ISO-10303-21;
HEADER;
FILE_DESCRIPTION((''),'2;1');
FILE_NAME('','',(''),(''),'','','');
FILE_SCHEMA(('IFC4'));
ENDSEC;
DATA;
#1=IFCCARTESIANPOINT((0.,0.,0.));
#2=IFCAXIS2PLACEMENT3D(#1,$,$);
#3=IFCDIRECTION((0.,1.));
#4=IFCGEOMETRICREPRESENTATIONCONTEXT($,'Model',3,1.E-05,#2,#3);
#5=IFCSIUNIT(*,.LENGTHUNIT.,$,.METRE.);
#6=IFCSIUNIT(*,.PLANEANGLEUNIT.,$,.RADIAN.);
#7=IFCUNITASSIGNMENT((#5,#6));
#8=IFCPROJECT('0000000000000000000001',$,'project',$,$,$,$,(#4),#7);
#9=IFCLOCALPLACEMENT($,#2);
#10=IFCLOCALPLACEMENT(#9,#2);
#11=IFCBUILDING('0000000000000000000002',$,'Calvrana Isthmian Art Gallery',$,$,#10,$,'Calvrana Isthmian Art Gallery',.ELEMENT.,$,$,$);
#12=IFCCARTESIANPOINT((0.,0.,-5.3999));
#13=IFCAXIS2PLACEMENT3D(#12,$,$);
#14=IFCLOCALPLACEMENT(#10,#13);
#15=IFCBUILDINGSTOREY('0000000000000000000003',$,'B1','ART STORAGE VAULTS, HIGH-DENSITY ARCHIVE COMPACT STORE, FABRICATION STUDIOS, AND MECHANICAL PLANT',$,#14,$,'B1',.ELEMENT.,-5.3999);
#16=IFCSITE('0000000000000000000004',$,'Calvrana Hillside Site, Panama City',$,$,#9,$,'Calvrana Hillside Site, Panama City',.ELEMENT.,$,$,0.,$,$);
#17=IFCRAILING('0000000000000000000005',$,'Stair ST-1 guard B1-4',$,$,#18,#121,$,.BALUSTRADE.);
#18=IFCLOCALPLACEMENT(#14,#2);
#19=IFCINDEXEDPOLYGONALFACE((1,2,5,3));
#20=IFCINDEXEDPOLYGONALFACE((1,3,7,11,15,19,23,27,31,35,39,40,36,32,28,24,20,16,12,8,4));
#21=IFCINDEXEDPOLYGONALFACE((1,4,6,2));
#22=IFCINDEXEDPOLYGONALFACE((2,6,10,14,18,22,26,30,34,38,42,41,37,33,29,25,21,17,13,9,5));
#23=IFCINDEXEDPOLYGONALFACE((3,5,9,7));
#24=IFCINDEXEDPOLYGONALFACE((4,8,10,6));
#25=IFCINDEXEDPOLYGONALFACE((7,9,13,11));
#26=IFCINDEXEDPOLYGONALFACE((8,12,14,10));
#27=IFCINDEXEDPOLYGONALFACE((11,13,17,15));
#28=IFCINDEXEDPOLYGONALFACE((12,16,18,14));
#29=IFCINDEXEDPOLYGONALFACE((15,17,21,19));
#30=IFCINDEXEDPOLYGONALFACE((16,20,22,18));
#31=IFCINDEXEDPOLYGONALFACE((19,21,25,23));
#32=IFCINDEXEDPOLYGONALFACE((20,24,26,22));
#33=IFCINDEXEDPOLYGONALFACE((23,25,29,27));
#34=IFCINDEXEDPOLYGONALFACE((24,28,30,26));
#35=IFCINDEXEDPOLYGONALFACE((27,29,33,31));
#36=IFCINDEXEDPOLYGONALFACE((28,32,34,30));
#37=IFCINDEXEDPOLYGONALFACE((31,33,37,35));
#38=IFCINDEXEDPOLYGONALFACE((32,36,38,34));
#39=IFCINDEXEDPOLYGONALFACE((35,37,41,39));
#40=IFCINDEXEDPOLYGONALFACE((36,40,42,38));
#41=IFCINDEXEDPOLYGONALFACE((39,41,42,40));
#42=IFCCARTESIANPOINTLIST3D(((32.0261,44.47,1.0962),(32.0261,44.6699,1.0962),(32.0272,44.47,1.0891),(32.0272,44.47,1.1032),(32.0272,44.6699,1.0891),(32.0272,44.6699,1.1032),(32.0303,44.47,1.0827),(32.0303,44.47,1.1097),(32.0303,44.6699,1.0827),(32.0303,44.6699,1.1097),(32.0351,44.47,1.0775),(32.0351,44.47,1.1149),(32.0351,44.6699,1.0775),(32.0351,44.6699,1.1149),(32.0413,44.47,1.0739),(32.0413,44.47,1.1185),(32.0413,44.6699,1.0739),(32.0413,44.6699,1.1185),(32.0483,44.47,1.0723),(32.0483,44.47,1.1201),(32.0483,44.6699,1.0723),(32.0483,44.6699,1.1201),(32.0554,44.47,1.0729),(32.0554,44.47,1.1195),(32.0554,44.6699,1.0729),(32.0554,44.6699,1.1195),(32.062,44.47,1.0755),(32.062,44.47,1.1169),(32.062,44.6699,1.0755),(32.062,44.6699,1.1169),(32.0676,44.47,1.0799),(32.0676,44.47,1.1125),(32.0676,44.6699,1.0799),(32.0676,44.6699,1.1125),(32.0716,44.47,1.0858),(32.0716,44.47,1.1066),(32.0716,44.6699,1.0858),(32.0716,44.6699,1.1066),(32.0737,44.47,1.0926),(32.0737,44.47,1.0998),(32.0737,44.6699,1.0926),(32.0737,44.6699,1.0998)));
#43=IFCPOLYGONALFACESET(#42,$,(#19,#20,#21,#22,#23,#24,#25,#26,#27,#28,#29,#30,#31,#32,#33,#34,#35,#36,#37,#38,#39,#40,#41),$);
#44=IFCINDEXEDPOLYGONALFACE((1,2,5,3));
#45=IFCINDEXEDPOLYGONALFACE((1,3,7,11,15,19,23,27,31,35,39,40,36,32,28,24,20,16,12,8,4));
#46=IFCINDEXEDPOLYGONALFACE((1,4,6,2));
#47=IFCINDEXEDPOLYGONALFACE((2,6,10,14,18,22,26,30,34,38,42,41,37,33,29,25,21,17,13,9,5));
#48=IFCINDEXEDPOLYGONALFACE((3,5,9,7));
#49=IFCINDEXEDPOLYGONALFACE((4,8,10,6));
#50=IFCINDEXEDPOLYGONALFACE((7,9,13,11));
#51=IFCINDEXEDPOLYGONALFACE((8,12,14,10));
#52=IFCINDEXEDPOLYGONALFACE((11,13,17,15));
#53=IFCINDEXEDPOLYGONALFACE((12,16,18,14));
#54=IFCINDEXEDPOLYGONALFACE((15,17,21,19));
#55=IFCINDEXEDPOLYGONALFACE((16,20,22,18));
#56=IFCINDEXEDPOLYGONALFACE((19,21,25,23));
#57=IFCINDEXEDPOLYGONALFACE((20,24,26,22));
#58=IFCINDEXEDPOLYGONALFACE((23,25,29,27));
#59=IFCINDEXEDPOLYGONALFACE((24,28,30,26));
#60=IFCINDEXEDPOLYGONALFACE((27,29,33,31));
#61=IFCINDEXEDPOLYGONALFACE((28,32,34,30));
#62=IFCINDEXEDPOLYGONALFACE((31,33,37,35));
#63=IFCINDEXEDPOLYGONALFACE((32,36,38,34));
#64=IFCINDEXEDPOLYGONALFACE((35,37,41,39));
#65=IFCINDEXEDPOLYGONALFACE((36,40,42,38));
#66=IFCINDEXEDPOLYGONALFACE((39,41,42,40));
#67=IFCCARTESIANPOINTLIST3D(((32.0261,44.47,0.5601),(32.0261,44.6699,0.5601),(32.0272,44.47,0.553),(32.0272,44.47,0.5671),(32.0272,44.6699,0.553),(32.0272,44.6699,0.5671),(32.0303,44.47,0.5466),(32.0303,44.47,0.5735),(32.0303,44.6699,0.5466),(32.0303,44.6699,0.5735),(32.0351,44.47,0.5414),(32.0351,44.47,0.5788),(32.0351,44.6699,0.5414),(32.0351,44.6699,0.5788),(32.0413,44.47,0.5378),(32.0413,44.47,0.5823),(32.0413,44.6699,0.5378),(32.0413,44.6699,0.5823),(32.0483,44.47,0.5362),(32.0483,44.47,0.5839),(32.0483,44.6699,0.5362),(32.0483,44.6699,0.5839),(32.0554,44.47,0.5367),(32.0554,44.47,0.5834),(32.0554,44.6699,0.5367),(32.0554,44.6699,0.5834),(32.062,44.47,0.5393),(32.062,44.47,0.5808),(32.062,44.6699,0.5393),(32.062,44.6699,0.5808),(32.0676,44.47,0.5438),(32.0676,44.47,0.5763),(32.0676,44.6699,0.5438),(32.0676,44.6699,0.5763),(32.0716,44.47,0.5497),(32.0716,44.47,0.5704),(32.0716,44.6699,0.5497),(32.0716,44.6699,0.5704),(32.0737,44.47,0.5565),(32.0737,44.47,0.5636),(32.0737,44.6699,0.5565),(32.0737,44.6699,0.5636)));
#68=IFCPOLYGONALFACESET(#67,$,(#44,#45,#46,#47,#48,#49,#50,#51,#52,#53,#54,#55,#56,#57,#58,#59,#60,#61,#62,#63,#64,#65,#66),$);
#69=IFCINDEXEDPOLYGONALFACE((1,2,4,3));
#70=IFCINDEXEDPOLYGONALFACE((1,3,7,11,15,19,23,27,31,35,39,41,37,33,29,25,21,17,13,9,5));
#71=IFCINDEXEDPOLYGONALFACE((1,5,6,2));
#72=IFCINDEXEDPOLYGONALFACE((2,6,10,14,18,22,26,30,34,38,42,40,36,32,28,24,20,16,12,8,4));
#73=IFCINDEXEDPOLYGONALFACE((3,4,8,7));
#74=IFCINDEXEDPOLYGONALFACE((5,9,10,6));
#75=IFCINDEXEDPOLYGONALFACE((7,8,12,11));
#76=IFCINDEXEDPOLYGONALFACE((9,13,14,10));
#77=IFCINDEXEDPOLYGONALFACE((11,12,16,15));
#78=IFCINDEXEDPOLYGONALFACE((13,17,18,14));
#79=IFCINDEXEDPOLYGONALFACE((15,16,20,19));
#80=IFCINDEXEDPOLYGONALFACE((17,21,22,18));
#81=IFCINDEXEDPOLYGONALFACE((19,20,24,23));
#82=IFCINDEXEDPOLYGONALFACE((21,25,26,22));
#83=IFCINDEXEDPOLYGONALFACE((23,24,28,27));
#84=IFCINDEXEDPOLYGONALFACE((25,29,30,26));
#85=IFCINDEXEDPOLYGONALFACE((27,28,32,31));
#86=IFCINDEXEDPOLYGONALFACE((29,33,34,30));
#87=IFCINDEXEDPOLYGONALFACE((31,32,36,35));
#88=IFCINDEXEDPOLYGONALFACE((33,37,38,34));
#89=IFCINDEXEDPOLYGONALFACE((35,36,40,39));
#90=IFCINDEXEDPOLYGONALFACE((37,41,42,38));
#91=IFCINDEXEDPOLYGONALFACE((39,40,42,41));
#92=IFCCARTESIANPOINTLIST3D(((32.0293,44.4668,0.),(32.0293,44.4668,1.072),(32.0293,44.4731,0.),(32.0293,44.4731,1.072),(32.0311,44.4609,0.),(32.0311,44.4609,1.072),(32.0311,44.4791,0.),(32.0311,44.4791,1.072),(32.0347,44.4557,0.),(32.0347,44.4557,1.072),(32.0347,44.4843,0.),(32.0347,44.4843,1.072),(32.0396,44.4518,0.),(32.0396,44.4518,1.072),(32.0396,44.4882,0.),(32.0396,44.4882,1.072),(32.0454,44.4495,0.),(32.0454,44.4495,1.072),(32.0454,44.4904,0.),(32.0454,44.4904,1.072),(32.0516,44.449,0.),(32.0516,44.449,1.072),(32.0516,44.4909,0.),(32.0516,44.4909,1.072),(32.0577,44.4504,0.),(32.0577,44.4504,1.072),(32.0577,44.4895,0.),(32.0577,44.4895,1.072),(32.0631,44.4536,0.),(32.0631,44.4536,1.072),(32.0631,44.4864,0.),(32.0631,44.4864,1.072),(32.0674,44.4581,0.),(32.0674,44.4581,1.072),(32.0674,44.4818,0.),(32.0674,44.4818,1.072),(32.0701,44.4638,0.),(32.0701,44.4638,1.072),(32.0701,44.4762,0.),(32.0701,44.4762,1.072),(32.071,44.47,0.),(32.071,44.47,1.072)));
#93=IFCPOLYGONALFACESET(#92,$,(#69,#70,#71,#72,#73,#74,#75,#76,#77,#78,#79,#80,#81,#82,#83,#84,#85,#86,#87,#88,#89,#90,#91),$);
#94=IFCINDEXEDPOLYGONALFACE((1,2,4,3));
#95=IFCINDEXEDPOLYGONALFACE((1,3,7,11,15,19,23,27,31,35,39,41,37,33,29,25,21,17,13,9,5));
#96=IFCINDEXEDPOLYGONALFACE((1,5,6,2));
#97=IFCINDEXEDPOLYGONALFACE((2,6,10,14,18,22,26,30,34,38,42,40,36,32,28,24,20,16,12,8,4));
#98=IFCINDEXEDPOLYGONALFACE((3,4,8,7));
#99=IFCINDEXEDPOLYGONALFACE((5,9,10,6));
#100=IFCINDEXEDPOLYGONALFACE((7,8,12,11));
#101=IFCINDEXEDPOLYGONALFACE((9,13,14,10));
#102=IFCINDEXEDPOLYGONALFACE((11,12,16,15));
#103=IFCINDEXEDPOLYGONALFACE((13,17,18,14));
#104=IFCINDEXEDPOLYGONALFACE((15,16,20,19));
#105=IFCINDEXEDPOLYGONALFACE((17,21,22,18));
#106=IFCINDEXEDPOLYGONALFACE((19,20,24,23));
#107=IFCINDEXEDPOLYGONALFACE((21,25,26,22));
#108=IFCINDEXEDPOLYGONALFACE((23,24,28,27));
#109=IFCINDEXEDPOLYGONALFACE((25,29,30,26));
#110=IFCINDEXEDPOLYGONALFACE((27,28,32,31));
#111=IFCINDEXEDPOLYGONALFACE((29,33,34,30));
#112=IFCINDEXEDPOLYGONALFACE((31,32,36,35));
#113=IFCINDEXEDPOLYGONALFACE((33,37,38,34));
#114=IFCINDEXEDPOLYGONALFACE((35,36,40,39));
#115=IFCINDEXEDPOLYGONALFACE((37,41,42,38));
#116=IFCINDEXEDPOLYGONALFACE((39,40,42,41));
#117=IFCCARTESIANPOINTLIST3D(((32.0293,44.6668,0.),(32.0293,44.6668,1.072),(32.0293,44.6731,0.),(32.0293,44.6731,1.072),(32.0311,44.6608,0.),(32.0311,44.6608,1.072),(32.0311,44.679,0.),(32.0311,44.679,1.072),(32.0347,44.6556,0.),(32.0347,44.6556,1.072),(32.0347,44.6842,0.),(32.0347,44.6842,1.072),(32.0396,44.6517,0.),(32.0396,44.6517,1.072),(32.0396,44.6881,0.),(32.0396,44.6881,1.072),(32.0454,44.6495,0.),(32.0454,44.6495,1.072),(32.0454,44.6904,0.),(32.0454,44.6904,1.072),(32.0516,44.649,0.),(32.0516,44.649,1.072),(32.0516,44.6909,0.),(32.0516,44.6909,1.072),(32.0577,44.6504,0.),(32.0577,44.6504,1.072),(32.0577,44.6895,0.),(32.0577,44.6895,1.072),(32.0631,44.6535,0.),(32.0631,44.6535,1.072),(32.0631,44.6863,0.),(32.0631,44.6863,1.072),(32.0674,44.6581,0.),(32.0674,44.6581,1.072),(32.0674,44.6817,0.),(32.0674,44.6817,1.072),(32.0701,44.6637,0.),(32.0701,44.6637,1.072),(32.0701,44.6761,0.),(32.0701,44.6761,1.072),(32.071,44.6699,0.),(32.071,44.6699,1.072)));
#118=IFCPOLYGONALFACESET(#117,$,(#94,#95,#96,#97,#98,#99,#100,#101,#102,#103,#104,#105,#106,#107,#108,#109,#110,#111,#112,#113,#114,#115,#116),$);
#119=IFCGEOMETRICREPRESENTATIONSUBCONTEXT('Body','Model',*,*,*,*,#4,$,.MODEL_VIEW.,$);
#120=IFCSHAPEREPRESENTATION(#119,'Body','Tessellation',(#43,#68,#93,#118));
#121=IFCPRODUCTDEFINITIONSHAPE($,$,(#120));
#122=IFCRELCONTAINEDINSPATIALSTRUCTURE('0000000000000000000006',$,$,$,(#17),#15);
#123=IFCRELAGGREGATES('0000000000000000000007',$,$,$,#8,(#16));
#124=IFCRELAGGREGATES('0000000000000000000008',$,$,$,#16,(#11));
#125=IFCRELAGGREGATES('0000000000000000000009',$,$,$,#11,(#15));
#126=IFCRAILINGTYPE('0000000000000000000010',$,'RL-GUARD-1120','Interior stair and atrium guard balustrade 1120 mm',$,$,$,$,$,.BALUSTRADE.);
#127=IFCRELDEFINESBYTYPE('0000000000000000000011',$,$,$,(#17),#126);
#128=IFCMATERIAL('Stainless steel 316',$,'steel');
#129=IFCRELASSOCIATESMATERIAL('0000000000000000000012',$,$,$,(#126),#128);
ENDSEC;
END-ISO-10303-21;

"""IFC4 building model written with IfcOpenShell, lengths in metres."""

from ifc_helpers import new_model, si_unit, direction, frame, origin, origin_2d, place, context, subcontext, project, spatial, circle, extrude, material, type_object, element, save


model = new_model("IFC4")

# Units and contexts
model_context = context("Model", 3, precision=1e-05, world=origin(), true_north=direction((0.0, 1.0)))
body_context = subcontext(model_context, "Body", "Model", "MODEL_VIEW")
ifc_project = project(units=[si_unit("LENGTHUNIT", "METRE"), si_unit("PLANEANGLEUNIT", "RADIAN")], contexts=[model_context])

# Site, building, storey
site_placement = place(None, origin())
site = spatial("IfcSite", under=ifc_project, at=site_placement, Name="Calvrana Hillside Site, Panama City", LongName="Calvrana Hillside Site, Panama City", CompositionType="ELEMENT", RefElevation=0.0)
building_placement = place(site_placement, origin())
building = spatial("IfcBuilding", under=site, at=building_placement, Name="Calvrana Isthmian Art Gallery", LongName="Calvrana Isthmian Art Gallery", CompositionType="ELEMENT")
storey_placement = place(building_placement, frame((0.0, 0.0, -5.3999)))
storey = spatial("IfcBuildingStorey", under=building, at=storey_placement, Name="B1", Description="ART STORAGE VAULTS, HIGH-DENSITY ARCHIVE COMPACT STORE, FABRICATION STUDIOS, AND MECHANICAL PLANT", LongName="B1", CompositionType="ELEMENT", Elevation=-5.3999)

# Railing
ifc_material_1 = material(Name="Stainless steel 316", Category="steel")
railing_type_1 = type_object("IfcRailingType", Name="RL-GUARD-1120", Description="Interior stair and atrium guard balustrade 1120 mm", PredefinedType="BALUSTRADE", material=ifc_material_1)
railing_1_placement = place(storey_placement, frame((32.05, 44.47, 0.0)))
element("IfcRailing", 1, at=railing_1_placement, inside=storey, type_object=railing_type_1, Name="Stair ST-1 guard B1-4", PredefinedType="BALUSTRADE", context=body_context, shape_type="SweptSolid", body=[
    extrude(circle(Radius=0.0239, at=origin_2d()), frame((0.0, 0.0, 1.0962), z_axis=(0.0, 1.0, 0.0), x_axis=(-1.0, 0.0, 0.0)), (0.0, 0.0, 1.0), 0.2),
    extrude(circle(Radius=0.0239, at=origin_2d()), frame((0.0, 0.0, 0.5601), z_axis=(0.0, 1.0, 0.0), x_axis=(-1.0, 0.0, 0.0)), (0.0, 0.0, 1.0), 0.2),
    extrude(circle(Radius=0.021, at=origin_2d()), origin(), (0.0, 0.0, 1.0), 1.072),
    extrude(circle(Radius=0.021, at=origin_2d()), frame((0.0, 0.2, 0.0)), (0.0, 0.0, 1.0), 1.072),
])

save(model, "model.ifc")
